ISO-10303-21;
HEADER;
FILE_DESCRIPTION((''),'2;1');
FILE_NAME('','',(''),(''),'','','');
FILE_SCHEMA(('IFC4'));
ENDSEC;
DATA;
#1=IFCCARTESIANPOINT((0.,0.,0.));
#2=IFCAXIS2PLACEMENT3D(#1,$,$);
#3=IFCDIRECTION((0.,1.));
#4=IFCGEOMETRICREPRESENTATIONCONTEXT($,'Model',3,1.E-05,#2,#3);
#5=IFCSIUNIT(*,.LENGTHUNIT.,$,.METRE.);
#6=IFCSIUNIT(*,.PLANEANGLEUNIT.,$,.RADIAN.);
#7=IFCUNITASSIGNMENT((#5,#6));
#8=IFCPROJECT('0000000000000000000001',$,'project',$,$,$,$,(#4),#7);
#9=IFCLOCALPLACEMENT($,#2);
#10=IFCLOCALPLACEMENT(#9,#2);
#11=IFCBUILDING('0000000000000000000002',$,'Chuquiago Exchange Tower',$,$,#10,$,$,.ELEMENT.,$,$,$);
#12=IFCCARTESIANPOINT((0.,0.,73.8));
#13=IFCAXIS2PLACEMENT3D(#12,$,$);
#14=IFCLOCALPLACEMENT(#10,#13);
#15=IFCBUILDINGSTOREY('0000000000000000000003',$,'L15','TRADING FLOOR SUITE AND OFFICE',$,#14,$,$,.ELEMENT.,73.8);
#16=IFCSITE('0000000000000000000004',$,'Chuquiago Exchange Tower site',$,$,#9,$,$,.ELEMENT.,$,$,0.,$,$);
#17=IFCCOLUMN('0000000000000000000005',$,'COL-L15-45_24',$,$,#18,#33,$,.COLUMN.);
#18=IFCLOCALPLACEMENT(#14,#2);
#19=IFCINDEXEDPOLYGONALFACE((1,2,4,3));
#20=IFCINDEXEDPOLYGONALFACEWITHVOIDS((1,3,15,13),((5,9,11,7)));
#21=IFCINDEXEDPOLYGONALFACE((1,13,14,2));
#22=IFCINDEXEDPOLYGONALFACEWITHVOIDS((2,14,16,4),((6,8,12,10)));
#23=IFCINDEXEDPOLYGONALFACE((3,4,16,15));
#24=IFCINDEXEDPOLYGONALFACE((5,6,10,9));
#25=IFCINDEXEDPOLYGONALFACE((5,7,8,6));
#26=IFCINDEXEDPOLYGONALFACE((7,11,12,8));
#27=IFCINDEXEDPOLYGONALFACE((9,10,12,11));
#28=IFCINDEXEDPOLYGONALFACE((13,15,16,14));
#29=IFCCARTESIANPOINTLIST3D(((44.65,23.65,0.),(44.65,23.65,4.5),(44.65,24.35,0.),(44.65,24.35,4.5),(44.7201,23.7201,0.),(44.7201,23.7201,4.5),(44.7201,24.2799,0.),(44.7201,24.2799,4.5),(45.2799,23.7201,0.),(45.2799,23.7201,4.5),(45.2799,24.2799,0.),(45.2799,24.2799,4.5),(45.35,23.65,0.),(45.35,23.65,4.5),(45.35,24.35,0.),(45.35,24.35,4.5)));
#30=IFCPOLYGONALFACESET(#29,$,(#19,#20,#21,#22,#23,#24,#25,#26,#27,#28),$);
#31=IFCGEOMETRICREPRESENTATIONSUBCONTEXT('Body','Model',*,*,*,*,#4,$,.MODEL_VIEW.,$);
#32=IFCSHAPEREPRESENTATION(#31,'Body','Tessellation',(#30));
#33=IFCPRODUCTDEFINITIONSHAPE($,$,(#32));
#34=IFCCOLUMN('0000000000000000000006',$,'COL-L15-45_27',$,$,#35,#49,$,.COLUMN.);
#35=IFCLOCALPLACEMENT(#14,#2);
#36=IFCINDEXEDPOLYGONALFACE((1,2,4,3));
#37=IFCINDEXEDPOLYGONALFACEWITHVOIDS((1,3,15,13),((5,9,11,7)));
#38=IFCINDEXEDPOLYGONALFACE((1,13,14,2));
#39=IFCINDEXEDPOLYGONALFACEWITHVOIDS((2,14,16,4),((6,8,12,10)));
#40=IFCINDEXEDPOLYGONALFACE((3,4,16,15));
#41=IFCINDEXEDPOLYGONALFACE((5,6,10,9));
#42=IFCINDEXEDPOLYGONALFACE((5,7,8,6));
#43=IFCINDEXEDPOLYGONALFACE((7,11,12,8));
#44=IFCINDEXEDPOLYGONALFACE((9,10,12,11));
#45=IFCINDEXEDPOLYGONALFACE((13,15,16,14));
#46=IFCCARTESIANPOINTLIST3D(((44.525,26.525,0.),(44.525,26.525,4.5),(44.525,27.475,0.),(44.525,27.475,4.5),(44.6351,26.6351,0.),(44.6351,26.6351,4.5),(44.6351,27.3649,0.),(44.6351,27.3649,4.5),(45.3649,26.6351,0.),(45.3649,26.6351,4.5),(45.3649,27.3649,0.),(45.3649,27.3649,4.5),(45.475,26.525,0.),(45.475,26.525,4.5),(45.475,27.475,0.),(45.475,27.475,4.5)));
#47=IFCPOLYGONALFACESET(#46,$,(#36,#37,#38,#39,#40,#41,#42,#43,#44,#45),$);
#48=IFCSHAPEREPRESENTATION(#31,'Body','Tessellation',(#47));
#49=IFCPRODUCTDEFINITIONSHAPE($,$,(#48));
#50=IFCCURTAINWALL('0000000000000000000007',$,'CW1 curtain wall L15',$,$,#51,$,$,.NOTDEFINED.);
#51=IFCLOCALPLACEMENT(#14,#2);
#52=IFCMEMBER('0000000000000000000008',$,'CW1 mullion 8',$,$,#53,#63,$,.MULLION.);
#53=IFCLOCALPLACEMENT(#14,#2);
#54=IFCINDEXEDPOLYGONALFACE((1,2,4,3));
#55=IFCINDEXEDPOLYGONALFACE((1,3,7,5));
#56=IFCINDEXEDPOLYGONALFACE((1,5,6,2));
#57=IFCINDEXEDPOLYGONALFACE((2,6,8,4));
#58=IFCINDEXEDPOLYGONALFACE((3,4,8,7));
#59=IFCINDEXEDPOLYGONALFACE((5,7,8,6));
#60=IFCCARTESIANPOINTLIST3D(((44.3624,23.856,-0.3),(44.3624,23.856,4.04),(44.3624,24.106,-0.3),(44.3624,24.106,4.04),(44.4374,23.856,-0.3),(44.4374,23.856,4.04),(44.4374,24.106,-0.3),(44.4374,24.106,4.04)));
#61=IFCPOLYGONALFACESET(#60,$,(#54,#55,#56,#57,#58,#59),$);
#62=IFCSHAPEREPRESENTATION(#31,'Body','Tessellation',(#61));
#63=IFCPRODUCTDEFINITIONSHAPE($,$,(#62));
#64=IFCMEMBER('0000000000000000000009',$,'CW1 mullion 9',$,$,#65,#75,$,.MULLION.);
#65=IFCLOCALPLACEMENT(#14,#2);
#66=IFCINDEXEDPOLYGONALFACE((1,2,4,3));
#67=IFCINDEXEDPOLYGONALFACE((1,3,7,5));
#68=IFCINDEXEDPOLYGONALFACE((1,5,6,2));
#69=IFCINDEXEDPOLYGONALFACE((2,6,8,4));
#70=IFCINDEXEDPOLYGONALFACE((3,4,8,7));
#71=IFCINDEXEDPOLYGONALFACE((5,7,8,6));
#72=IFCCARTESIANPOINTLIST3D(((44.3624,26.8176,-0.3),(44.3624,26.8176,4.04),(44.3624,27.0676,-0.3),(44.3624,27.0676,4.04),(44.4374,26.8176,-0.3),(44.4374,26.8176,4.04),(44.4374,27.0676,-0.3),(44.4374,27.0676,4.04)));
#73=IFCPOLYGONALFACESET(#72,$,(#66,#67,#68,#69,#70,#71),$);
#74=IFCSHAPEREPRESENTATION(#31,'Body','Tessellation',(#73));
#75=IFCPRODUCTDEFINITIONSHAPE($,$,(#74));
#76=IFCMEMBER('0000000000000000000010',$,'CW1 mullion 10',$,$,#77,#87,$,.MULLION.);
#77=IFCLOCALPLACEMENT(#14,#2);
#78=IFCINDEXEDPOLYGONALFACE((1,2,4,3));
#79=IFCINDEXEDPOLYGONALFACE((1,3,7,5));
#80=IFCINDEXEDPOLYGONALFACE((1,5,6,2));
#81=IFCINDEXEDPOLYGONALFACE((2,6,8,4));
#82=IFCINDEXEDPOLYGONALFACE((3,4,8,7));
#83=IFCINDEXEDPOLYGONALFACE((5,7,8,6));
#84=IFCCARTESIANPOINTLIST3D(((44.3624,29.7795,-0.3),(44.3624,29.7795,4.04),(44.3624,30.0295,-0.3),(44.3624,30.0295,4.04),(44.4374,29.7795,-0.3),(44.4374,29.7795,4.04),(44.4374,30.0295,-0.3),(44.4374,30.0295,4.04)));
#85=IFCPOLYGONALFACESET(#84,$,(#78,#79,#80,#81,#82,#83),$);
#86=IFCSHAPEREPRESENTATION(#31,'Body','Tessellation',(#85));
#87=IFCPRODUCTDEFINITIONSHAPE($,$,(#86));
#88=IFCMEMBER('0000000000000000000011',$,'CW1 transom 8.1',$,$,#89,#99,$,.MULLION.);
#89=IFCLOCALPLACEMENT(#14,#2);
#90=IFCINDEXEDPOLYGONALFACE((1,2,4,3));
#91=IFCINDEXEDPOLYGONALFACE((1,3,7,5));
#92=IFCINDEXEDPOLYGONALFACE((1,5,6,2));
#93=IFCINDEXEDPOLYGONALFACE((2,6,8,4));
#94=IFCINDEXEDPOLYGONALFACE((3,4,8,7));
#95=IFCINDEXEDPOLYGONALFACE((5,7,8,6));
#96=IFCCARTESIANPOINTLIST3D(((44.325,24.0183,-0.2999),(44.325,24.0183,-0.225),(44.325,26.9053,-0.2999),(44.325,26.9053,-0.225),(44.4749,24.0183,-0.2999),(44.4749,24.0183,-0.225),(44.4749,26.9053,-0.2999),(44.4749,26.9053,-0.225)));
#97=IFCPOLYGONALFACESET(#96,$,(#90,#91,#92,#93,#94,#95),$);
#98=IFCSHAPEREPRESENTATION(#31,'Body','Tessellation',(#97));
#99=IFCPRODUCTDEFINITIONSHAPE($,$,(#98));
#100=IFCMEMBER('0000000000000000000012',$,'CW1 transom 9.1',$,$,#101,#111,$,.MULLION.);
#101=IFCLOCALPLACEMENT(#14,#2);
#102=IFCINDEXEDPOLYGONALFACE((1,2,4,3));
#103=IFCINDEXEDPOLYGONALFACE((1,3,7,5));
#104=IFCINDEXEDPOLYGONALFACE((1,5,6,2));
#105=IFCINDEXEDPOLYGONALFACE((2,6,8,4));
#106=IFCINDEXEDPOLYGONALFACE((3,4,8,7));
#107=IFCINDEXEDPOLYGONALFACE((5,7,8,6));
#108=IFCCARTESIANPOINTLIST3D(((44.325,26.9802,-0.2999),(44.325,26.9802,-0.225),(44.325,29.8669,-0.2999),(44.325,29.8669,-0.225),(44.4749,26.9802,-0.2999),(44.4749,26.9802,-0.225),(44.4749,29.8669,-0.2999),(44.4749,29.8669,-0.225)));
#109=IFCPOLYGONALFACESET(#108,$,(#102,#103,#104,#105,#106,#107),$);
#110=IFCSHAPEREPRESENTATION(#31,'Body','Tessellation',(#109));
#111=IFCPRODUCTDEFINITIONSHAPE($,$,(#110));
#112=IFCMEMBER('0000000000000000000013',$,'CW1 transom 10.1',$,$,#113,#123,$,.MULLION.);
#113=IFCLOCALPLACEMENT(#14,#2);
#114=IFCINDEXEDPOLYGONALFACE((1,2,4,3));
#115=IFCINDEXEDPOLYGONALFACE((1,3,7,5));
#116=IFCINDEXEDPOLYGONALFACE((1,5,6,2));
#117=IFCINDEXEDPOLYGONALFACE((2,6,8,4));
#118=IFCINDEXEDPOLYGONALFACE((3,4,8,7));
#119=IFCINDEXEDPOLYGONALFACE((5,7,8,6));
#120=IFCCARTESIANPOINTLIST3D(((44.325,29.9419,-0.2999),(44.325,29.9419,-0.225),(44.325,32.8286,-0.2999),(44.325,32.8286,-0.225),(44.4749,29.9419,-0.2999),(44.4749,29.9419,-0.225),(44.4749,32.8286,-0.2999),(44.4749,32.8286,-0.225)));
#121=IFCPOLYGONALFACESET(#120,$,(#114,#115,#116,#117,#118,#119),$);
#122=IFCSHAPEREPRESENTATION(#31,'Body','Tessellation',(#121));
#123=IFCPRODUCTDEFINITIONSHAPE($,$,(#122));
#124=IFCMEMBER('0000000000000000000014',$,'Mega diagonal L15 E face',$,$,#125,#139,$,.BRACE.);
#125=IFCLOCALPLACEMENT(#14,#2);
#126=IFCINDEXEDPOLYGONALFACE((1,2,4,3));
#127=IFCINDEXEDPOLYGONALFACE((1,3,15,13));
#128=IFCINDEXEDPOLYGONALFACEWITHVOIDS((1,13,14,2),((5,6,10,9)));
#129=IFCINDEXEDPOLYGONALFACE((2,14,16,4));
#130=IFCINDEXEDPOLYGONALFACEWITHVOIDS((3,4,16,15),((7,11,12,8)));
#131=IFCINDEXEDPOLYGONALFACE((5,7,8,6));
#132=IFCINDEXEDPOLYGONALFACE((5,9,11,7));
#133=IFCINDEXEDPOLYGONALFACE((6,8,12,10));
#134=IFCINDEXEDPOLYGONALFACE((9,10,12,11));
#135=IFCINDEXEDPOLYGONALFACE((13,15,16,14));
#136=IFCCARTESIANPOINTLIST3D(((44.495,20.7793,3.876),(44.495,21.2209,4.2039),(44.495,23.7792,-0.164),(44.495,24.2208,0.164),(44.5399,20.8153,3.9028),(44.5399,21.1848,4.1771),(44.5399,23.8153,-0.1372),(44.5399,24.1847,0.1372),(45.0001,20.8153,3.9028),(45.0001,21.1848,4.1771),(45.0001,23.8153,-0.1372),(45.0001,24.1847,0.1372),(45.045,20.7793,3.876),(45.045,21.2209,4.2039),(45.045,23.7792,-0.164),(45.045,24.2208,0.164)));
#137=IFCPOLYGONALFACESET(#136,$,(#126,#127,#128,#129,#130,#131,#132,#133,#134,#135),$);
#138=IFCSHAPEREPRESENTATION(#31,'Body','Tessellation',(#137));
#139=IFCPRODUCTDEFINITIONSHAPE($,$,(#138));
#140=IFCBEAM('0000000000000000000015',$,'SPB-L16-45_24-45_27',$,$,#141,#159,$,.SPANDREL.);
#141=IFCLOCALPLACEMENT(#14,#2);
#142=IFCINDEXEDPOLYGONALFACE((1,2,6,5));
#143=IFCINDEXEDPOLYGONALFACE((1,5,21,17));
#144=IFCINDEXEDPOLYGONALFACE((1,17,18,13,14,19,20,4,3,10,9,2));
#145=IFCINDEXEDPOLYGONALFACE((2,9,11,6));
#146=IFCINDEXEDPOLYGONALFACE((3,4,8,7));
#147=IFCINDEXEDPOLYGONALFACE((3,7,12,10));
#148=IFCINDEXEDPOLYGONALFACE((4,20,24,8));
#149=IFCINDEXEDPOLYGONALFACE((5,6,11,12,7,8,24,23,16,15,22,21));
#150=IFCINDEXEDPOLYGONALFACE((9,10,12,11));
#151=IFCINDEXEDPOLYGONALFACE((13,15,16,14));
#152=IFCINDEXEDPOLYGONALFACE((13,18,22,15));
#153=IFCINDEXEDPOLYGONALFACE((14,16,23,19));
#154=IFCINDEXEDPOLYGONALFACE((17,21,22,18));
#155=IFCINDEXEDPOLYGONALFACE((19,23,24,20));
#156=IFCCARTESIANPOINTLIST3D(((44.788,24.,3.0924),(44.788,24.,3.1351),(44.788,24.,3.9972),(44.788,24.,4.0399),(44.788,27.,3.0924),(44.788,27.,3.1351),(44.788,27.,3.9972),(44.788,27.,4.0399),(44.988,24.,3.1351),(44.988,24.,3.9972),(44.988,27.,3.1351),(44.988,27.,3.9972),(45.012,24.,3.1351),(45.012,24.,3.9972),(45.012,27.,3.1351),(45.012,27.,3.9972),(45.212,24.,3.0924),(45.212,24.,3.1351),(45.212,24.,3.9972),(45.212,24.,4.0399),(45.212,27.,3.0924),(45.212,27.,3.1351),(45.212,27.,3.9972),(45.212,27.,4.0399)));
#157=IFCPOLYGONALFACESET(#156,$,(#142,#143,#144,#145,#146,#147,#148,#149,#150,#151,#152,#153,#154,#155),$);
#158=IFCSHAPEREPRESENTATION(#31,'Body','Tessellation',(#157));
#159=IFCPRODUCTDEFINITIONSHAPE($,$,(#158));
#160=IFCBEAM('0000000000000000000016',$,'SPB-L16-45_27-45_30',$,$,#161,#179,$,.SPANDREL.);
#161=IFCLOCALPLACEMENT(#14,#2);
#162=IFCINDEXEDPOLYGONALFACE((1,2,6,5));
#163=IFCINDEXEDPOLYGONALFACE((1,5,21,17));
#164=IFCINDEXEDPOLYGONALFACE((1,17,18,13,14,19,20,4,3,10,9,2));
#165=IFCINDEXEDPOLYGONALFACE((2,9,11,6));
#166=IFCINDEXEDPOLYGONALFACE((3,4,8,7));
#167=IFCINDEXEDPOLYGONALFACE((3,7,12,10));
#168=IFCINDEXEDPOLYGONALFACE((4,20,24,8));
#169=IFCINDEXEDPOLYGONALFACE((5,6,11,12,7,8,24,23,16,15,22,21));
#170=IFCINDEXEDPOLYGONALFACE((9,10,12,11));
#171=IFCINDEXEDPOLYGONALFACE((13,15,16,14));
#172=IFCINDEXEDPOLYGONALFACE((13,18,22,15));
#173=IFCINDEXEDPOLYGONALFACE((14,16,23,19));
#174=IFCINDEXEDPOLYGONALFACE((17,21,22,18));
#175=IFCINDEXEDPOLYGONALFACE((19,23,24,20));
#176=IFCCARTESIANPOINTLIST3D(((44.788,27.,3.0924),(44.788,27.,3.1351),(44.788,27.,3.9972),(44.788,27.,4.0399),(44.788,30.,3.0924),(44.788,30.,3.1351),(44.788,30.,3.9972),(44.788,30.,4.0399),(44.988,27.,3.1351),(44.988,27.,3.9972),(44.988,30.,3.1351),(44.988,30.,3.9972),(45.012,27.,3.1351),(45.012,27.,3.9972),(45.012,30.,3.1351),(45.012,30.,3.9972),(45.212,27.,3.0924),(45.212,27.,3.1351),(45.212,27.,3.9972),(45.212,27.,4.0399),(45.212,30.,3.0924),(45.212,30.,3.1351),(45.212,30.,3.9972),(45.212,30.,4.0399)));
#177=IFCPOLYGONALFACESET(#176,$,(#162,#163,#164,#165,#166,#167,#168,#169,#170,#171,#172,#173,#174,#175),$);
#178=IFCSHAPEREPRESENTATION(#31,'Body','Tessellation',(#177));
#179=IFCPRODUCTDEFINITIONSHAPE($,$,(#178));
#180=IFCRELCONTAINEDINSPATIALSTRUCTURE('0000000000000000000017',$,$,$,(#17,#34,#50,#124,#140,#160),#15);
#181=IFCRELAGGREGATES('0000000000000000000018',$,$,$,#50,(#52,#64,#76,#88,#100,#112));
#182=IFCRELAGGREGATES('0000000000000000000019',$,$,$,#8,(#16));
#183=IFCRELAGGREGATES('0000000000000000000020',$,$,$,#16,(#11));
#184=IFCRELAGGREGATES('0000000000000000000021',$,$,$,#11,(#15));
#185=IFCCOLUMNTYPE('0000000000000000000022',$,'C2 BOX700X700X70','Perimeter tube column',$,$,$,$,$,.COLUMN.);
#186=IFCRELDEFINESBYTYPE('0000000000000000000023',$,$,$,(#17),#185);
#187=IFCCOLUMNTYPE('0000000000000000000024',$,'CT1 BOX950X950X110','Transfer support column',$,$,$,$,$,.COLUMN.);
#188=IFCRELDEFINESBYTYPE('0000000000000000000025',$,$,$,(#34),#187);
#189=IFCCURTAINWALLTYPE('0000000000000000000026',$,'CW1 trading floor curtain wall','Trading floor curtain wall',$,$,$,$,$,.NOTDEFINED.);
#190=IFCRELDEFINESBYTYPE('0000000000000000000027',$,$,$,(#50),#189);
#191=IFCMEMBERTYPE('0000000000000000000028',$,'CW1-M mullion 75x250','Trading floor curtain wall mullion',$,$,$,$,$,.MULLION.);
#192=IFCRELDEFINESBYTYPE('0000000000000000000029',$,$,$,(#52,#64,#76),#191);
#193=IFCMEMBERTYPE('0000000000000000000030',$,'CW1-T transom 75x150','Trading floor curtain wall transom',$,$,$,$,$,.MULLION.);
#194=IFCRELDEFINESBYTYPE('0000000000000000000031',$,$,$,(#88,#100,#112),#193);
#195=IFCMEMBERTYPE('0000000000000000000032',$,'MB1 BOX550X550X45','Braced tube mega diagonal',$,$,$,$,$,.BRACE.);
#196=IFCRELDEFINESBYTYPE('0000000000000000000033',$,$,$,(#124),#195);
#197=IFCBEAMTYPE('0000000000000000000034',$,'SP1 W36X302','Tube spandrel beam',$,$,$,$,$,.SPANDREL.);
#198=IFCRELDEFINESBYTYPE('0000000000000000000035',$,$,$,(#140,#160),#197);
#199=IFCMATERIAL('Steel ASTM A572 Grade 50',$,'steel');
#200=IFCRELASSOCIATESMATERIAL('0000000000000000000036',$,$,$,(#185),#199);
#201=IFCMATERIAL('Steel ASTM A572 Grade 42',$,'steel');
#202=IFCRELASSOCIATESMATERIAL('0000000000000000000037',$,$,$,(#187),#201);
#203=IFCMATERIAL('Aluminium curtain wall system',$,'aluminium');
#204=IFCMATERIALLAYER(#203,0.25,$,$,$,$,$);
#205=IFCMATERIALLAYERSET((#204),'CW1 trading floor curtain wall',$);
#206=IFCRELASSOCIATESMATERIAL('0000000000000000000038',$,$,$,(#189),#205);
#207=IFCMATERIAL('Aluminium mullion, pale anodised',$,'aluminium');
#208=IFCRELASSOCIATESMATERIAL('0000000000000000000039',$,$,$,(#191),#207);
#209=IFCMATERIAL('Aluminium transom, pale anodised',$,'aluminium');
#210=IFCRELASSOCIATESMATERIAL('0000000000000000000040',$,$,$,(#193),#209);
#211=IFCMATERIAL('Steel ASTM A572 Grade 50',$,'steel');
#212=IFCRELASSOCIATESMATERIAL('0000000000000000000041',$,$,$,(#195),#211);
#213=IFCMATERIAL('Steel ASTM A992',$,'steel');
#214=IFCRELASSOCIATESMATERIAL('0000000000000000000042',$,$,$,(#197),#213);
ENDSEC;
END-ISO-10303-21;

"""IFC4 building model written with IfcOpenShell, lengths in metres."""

from ifc_helpers import new_model, si_unit, direction, frame, origin, origin_2d, place, context, subcontext, project, spatial, rectangle, hollow_rectangle, i_section, extrude, material, layer, layer_set, material_profile, profile_set, type_object, element, aggregate, save


model = new_model("IFC4")

# Units and contexts
model_context = context("Model", 3, precision=1e-05, world=origin(), true_north=direction((0.0, 1.0)))
body_context = subcontext(model_context, "Body", "Model", "MODEL_VIEW")
ifc_project = project(units=[si_unit("LENGTHUNIT", "METRE"), si_unit("PLANEANGLEUNIT", "RADIAN")], contexts=[model_context])

# Site, building, storey
site_placement = place(None, origin())
site = spatial("IfcSite", under=ifc_project, at=site_placement, Name="Chuquiago Exchange Tower site", CompositionType="ELEMENT", RefElevation=0.0)
building_placement = place(site_placement, origin())
building = spatial("IfcBuilding", under=site, at=building_placement, Name="Chuquiago Exchange Tower", CompositionType="ELEMENT")
storey_placement = place(building_placement, frame((0.0, 0.0, 73.8)))
storey = spatial("IfcBuildingStorey", under=building, at=storey_placement, Name="L15", Description="TRADING FLOOR SUITE AND OFFICE", CompositionType="ELEMENT", Elevation=73.8)

# Columns
ifc_material_1 = material(Name="Steel ASTM A572 Grade 50", Category="steel")
ifc_material_profile_1 = material_profile(ifc_material_1, hollow_rectangle(XDim=0.7, YDim=0.7, WallThickness=0.0701, at=origin_2d()), Name="BOX700X700X70")
ifc_profile_set_1 = profile_set([ifc_material_profile_1], Name="Steel ASTM A572 Grade 50")
column_type_1 = type_object("IfcColumnType", Name="C2 BOX700X700X70", Description="Perimeter tube column", PredefinedType="COLUMN", material=ifc_profile_set_1)
column_1_placement = place(storey_placement, frame((45.0, 24.0, 0.0), z_axis=(0.0, 0.0, 1.0), x_axis=(1.0, 0.0, 0.0)))
element("IfcColumn", 1, at=column_1_placement, inside=storey, type_object=column_type_1, Name="COL-L15-45_24", PredefinedType="COLUMN", context=body_context, shape_type="SweptSolid", body=[
    extrude(hollow_rectangle(XDim=0.7, YDim=0.7, WallThickness=0.0701, at=origin_2d()), origin(), (0.0, 0.0, 1.0), 4.5),
])
ifc_material_2 = material(Name="Steel ASTM A572 Grade 42", Category="steel")
ifc_material_profile_2 = material_profile(ifc_material_2, hollow_rectangle(XDim=0.95, YDim=0.95, WallThickness=0.1101, at=origin_2d()), Name="BOX950X950X110")
ifc_profile_set_2 = profile_set([ifc_material_profile_2], Name="Steel ASTM A572 Grade 42")
column_type_2 = type_object("IfcColumnType", Name="CT1 BOX950X950X110", Description="Transfer support column", PredefinedType="COLUMN", material=ifc_profile_set_2)
column_2_placement = place(storey_placement, frame((45.0, 27.0, 0.0), z_axis=(0.0, 0.0, 1.0), x_axis=(1.0, 0.0, 0.0)))
element("IfcColumn", 2, at=column_2_placement, inside=storey, type_object=column_type_2, Name="COL-L15-45_27", PredefinedType="COLUMN", context=body_context, shape_type="SweptSolid", body=[
    extrude(hollow_rectangle(XDim=0.95, YDim=0.95, WallThickness=0.1101, at=origin_2d()), origin(), (0.0, 0.0, 1.0), 4.5),
])

# Curtain wall, members
ifc_material_3 = material(Name="Aluminium curtain wall system", Category="aluminium")
ifc_layer_1 = layer(ifc_material_3, 0.25)
ifc_layer_set_1 = layer_set([ifc_layer_1], Name="CW1 trading floor curtain wall")
curtain_wall_type = type_object("IfcCurtainWallType", Name="CW1 trading floor curtain wall", Description="Trading floor curtain wall", PredefinedType="NOTDEFINED", material=ifc_layer_set_1)
curtain_wall_placement = place(storey_placement, origin())
curtain_wall = element("IfcCurtainWall", 3, at=curtain_wall_placement, inside=storey, type_object=curtain_wall_type, Name="CW1 curtain wall L15", PredefinedType="NOTDEFINED")
ifc_material_4 = material(Name="Aluminium mullion, pale anodised", Category="aluminium")
ifc_material_profile_3 = material_profile(ifc_material_4, rectangle(XDim=0.075, YDim=0.25, at=origin_2d()), Name="AL 75x250")
ifc_profile_set_3 = profile_set([ifc_material_profile_3], Name="Aluminium mullion, pale anodised")
member_type_1 = type_object("IfcMemberType", Name="CW1-M mullion 75x250", Description="Trading floor curtain wall mullion", PredefinedType="MULLION", material=ifc_profile_set_3)
member_1_placement = place(storey_placement, frame((44.3999, 23.981, -0.3), z_axis=(0.0, 0.0, 1.0), x_axis=(-1.0, 0.0, 0.0)))
member_1 = element("IfcMember", 4, at=member_1_placement, type_object=member_type_1, Name="CW1 mullion 8", PredefinedType="MULLION", context=body_context, shape_type="SweptSolid", body=[
    extrude(rectangle(XDim=0.075, YDim=0.25, at=origin_2d()), origin(), (0.0, 0.0, 1.0), 4.3401),
])
member_2_placement = place(storey_placement, frame((44.3999, 26.9426, -0.3), z_axis=(0.0, 0.0, 1.0), x_axis=(-1.0, 0.0, 0.0)))
member_2 = element("IfcMember", 5, at=member_2_placement, type_object=member_type_1, Name="CW1 mullion 9", PredefinedType="MULLION", context=body_context, shape_type="SweptSolid", body=[
    extrude(rectangle(XDim=0.075, YDim=0.25, at=origin_2d()), origin(), (0.0, 0.0, 1.0), 4.3401),
])
member_3_placement = place(storey_placement, frame((44.3999, 29.9045, -0.3), z_axis=(0.0, 0.0, 1.0), x_axis=(-1.0, 0.0, 0.0)))
member_3 = element("IfcMember", 6, at=member_3_placement, type_object=member_type_1, Name="CW1 mullion 10", PredefinedType="MULLION", context=body_context, shape_type="SweptSolid", body=[
    extrude(rectangle(XDim=0.075, YDim=0.25, at=origin_2d()), origin(), (0.0, 0.0, 1.0), 4.3401),
])
ifc_material_5 = material(Name="Aluminium transom, pale anodised", Category="aluminium")
ifc_material_profile_4 = material_profile(ifc_material_5, rectangle(XDim=0.1499, YDim=0.075, at=origin_2d()), Name="AL 150x75")
ifc_profile_set_4 = profile_set([ifc_material_profile_4], Name="Aluminium transom, pale anodised")
member_type_2 = type_object("IfcMemberType", Name="CW1-T transom 75x150", Description="Trading floor curtain wall transom", PredefinedType="MULLION", material=ifc_profile_set_4)
member_4_placement = place(storey_placement, frame((44.3999, 24.0183, -0.2625), z_axis=(0.0, 1.0, 0.0), x_axis=(-1.0, 0.0, 0.0)))
member_4 = element("IfcMember", 7, at=member_4_placement, type_object=member_type_2, Name="CW1 transom 8.1", PredefinedType="MULLION", context=body_context, shape_type="SweptSolid", body=[
    extrude(rectangle(XDim=0.1499, YDim=0.075, at=origin_2d()), origin(), (0.0, 0.0, 1.0), 2.887),
])
member_5_placement = place(storey_placement, frame((44.3999, 26.9802, -0.2625), z_axis=(0.0, 1.0, 0.0), x_axis=(-1.0, 0.0, 0.0)))
member_5 = element("IfcMember", 8, at=member_5_placement, type_object=member_type_2, Name="CW1 transom 9.1", PredefinedType="MULLION", context=body_context, shape_type="SweptSolid", body=[
    extrude(rectangle(XDim=0.1499, YDim=0.075, at=origin_2d()), origin(), (0.0, 0.0, 1.0), 2.8867),
])
member_6_placement = place(storey_placement, frame((44.3999, 29.9419, -0.2625), z_axis=(0.0, 1.0, 0.0), x_axis=(-1.0, 0.0, 0.0)))
member_6 = element("IfcMember", 9, at=member_6_placement, type_object=member_type_2, Name="CW1 transom 10.1", PredefinedType="MULLION", context=body_context, shape_type="SweptSolid", body=[
    extrude(rectangle(XDim=0.1499, YDim=0.075, at=origin_2d()), origin(), (0.0, 0.0, 1.0), 2.8867),
])

# Member
ifc_material_6 = material(Name="Steel ASTM A572 Grade 50", Category="steel")
ifc_material_profile_5 = material_profile(ifc_material_6, hollow_rectangle(XDim=0.55, YDim=0.55, WallThickness=0.0449, at=origin_2d()), Name="BOX550X550X45")
ifc_profile_set_5 = profile_set([ifc_material_profile_5], Name="Steel ASTM A572 Grade 50")
member_type_3 = type_object("IfcMemberType", Name="MB1 BOX550X550X45", Description="Braced tube mega diagonal", PredefinedType="BRACE", material=ifc_profile_set_5)
member_7_placement = place(storey_placement, frame((44.77, 24.0, 0.0), z_axis=(0.0, -0.596174, 0.802855), x_axis=(1.0, 0.0, 0.0)))
element("IfcMember", 10, at=member_7_placement, inside=storey, type_object=member_type_3, Name="Mega diagonal L15 E face", PredefinedType="BRACE", context=body_context, shape_type="SweptSolid", body=[
    extrude(hollow_rectangle(XDim=0.55, YDim=0.55, WallThickness=0.0449, at=origin_2d()), origin(), (0.0, 0.0, 1.0), 5.032),
])

# Beams
ifc_material_7 = material(Name="Steel ASTM A992", Category="steel")
ifc_material_profile_6 = material_profile(ifc_material_7, i_section(OverallWidth=0.4241, OverallDepth=0.9475, WebThickness=0.0239, FlangeThickness=0.0427, at=origin_2d()), Name="W36X302")
ifc_profile_set_6 = profile_set([ifc_material_profile_6], Name="Steel ASTM A992")
beam_type = type_object("IfcBeamType", Name="SP1 W36X302", Description="Tube spandrel beam", PredefinedType="SPANDREL", material=ifc_profile_set_6)
for number, where, z_axis, x_axis, name in (
    (11, (45.0, 24.0, 3.5662), (0.0, 1.0, 0.0), (-1.0, 0.0, 0.0), "SPB-L16-45_24-45_27"),
    (12, (45.0, 27.0, 3.5662), (0.0, 1.0, 0.0), (-1.0, 0.0, 0.0), "SPB-L16-45_27-45_30"),
):
    element("IfcBeam", number, at=place(storey_placement, frame(where, z_axis=z_axis, x_axis=x_axis)), inside=storey, type_object=beam_type, Name=name, PredefinedType="SPANDREL", context=body_context, shape_type="SweptSolid", body=[
        extrude(i_section(OverallWidth=0.4241, OverallDepth=0.9475, WebThickness=0.0239, FlangeThickness=0.0427, at=origin_2d()), origin(), (0.0, 0.0, 1.0), 3.0),
    ])

aggregate(curtain_wall, [member_1, member_2, member_3, member_4, member_5, member_6])

save(model, "model.ifc")
